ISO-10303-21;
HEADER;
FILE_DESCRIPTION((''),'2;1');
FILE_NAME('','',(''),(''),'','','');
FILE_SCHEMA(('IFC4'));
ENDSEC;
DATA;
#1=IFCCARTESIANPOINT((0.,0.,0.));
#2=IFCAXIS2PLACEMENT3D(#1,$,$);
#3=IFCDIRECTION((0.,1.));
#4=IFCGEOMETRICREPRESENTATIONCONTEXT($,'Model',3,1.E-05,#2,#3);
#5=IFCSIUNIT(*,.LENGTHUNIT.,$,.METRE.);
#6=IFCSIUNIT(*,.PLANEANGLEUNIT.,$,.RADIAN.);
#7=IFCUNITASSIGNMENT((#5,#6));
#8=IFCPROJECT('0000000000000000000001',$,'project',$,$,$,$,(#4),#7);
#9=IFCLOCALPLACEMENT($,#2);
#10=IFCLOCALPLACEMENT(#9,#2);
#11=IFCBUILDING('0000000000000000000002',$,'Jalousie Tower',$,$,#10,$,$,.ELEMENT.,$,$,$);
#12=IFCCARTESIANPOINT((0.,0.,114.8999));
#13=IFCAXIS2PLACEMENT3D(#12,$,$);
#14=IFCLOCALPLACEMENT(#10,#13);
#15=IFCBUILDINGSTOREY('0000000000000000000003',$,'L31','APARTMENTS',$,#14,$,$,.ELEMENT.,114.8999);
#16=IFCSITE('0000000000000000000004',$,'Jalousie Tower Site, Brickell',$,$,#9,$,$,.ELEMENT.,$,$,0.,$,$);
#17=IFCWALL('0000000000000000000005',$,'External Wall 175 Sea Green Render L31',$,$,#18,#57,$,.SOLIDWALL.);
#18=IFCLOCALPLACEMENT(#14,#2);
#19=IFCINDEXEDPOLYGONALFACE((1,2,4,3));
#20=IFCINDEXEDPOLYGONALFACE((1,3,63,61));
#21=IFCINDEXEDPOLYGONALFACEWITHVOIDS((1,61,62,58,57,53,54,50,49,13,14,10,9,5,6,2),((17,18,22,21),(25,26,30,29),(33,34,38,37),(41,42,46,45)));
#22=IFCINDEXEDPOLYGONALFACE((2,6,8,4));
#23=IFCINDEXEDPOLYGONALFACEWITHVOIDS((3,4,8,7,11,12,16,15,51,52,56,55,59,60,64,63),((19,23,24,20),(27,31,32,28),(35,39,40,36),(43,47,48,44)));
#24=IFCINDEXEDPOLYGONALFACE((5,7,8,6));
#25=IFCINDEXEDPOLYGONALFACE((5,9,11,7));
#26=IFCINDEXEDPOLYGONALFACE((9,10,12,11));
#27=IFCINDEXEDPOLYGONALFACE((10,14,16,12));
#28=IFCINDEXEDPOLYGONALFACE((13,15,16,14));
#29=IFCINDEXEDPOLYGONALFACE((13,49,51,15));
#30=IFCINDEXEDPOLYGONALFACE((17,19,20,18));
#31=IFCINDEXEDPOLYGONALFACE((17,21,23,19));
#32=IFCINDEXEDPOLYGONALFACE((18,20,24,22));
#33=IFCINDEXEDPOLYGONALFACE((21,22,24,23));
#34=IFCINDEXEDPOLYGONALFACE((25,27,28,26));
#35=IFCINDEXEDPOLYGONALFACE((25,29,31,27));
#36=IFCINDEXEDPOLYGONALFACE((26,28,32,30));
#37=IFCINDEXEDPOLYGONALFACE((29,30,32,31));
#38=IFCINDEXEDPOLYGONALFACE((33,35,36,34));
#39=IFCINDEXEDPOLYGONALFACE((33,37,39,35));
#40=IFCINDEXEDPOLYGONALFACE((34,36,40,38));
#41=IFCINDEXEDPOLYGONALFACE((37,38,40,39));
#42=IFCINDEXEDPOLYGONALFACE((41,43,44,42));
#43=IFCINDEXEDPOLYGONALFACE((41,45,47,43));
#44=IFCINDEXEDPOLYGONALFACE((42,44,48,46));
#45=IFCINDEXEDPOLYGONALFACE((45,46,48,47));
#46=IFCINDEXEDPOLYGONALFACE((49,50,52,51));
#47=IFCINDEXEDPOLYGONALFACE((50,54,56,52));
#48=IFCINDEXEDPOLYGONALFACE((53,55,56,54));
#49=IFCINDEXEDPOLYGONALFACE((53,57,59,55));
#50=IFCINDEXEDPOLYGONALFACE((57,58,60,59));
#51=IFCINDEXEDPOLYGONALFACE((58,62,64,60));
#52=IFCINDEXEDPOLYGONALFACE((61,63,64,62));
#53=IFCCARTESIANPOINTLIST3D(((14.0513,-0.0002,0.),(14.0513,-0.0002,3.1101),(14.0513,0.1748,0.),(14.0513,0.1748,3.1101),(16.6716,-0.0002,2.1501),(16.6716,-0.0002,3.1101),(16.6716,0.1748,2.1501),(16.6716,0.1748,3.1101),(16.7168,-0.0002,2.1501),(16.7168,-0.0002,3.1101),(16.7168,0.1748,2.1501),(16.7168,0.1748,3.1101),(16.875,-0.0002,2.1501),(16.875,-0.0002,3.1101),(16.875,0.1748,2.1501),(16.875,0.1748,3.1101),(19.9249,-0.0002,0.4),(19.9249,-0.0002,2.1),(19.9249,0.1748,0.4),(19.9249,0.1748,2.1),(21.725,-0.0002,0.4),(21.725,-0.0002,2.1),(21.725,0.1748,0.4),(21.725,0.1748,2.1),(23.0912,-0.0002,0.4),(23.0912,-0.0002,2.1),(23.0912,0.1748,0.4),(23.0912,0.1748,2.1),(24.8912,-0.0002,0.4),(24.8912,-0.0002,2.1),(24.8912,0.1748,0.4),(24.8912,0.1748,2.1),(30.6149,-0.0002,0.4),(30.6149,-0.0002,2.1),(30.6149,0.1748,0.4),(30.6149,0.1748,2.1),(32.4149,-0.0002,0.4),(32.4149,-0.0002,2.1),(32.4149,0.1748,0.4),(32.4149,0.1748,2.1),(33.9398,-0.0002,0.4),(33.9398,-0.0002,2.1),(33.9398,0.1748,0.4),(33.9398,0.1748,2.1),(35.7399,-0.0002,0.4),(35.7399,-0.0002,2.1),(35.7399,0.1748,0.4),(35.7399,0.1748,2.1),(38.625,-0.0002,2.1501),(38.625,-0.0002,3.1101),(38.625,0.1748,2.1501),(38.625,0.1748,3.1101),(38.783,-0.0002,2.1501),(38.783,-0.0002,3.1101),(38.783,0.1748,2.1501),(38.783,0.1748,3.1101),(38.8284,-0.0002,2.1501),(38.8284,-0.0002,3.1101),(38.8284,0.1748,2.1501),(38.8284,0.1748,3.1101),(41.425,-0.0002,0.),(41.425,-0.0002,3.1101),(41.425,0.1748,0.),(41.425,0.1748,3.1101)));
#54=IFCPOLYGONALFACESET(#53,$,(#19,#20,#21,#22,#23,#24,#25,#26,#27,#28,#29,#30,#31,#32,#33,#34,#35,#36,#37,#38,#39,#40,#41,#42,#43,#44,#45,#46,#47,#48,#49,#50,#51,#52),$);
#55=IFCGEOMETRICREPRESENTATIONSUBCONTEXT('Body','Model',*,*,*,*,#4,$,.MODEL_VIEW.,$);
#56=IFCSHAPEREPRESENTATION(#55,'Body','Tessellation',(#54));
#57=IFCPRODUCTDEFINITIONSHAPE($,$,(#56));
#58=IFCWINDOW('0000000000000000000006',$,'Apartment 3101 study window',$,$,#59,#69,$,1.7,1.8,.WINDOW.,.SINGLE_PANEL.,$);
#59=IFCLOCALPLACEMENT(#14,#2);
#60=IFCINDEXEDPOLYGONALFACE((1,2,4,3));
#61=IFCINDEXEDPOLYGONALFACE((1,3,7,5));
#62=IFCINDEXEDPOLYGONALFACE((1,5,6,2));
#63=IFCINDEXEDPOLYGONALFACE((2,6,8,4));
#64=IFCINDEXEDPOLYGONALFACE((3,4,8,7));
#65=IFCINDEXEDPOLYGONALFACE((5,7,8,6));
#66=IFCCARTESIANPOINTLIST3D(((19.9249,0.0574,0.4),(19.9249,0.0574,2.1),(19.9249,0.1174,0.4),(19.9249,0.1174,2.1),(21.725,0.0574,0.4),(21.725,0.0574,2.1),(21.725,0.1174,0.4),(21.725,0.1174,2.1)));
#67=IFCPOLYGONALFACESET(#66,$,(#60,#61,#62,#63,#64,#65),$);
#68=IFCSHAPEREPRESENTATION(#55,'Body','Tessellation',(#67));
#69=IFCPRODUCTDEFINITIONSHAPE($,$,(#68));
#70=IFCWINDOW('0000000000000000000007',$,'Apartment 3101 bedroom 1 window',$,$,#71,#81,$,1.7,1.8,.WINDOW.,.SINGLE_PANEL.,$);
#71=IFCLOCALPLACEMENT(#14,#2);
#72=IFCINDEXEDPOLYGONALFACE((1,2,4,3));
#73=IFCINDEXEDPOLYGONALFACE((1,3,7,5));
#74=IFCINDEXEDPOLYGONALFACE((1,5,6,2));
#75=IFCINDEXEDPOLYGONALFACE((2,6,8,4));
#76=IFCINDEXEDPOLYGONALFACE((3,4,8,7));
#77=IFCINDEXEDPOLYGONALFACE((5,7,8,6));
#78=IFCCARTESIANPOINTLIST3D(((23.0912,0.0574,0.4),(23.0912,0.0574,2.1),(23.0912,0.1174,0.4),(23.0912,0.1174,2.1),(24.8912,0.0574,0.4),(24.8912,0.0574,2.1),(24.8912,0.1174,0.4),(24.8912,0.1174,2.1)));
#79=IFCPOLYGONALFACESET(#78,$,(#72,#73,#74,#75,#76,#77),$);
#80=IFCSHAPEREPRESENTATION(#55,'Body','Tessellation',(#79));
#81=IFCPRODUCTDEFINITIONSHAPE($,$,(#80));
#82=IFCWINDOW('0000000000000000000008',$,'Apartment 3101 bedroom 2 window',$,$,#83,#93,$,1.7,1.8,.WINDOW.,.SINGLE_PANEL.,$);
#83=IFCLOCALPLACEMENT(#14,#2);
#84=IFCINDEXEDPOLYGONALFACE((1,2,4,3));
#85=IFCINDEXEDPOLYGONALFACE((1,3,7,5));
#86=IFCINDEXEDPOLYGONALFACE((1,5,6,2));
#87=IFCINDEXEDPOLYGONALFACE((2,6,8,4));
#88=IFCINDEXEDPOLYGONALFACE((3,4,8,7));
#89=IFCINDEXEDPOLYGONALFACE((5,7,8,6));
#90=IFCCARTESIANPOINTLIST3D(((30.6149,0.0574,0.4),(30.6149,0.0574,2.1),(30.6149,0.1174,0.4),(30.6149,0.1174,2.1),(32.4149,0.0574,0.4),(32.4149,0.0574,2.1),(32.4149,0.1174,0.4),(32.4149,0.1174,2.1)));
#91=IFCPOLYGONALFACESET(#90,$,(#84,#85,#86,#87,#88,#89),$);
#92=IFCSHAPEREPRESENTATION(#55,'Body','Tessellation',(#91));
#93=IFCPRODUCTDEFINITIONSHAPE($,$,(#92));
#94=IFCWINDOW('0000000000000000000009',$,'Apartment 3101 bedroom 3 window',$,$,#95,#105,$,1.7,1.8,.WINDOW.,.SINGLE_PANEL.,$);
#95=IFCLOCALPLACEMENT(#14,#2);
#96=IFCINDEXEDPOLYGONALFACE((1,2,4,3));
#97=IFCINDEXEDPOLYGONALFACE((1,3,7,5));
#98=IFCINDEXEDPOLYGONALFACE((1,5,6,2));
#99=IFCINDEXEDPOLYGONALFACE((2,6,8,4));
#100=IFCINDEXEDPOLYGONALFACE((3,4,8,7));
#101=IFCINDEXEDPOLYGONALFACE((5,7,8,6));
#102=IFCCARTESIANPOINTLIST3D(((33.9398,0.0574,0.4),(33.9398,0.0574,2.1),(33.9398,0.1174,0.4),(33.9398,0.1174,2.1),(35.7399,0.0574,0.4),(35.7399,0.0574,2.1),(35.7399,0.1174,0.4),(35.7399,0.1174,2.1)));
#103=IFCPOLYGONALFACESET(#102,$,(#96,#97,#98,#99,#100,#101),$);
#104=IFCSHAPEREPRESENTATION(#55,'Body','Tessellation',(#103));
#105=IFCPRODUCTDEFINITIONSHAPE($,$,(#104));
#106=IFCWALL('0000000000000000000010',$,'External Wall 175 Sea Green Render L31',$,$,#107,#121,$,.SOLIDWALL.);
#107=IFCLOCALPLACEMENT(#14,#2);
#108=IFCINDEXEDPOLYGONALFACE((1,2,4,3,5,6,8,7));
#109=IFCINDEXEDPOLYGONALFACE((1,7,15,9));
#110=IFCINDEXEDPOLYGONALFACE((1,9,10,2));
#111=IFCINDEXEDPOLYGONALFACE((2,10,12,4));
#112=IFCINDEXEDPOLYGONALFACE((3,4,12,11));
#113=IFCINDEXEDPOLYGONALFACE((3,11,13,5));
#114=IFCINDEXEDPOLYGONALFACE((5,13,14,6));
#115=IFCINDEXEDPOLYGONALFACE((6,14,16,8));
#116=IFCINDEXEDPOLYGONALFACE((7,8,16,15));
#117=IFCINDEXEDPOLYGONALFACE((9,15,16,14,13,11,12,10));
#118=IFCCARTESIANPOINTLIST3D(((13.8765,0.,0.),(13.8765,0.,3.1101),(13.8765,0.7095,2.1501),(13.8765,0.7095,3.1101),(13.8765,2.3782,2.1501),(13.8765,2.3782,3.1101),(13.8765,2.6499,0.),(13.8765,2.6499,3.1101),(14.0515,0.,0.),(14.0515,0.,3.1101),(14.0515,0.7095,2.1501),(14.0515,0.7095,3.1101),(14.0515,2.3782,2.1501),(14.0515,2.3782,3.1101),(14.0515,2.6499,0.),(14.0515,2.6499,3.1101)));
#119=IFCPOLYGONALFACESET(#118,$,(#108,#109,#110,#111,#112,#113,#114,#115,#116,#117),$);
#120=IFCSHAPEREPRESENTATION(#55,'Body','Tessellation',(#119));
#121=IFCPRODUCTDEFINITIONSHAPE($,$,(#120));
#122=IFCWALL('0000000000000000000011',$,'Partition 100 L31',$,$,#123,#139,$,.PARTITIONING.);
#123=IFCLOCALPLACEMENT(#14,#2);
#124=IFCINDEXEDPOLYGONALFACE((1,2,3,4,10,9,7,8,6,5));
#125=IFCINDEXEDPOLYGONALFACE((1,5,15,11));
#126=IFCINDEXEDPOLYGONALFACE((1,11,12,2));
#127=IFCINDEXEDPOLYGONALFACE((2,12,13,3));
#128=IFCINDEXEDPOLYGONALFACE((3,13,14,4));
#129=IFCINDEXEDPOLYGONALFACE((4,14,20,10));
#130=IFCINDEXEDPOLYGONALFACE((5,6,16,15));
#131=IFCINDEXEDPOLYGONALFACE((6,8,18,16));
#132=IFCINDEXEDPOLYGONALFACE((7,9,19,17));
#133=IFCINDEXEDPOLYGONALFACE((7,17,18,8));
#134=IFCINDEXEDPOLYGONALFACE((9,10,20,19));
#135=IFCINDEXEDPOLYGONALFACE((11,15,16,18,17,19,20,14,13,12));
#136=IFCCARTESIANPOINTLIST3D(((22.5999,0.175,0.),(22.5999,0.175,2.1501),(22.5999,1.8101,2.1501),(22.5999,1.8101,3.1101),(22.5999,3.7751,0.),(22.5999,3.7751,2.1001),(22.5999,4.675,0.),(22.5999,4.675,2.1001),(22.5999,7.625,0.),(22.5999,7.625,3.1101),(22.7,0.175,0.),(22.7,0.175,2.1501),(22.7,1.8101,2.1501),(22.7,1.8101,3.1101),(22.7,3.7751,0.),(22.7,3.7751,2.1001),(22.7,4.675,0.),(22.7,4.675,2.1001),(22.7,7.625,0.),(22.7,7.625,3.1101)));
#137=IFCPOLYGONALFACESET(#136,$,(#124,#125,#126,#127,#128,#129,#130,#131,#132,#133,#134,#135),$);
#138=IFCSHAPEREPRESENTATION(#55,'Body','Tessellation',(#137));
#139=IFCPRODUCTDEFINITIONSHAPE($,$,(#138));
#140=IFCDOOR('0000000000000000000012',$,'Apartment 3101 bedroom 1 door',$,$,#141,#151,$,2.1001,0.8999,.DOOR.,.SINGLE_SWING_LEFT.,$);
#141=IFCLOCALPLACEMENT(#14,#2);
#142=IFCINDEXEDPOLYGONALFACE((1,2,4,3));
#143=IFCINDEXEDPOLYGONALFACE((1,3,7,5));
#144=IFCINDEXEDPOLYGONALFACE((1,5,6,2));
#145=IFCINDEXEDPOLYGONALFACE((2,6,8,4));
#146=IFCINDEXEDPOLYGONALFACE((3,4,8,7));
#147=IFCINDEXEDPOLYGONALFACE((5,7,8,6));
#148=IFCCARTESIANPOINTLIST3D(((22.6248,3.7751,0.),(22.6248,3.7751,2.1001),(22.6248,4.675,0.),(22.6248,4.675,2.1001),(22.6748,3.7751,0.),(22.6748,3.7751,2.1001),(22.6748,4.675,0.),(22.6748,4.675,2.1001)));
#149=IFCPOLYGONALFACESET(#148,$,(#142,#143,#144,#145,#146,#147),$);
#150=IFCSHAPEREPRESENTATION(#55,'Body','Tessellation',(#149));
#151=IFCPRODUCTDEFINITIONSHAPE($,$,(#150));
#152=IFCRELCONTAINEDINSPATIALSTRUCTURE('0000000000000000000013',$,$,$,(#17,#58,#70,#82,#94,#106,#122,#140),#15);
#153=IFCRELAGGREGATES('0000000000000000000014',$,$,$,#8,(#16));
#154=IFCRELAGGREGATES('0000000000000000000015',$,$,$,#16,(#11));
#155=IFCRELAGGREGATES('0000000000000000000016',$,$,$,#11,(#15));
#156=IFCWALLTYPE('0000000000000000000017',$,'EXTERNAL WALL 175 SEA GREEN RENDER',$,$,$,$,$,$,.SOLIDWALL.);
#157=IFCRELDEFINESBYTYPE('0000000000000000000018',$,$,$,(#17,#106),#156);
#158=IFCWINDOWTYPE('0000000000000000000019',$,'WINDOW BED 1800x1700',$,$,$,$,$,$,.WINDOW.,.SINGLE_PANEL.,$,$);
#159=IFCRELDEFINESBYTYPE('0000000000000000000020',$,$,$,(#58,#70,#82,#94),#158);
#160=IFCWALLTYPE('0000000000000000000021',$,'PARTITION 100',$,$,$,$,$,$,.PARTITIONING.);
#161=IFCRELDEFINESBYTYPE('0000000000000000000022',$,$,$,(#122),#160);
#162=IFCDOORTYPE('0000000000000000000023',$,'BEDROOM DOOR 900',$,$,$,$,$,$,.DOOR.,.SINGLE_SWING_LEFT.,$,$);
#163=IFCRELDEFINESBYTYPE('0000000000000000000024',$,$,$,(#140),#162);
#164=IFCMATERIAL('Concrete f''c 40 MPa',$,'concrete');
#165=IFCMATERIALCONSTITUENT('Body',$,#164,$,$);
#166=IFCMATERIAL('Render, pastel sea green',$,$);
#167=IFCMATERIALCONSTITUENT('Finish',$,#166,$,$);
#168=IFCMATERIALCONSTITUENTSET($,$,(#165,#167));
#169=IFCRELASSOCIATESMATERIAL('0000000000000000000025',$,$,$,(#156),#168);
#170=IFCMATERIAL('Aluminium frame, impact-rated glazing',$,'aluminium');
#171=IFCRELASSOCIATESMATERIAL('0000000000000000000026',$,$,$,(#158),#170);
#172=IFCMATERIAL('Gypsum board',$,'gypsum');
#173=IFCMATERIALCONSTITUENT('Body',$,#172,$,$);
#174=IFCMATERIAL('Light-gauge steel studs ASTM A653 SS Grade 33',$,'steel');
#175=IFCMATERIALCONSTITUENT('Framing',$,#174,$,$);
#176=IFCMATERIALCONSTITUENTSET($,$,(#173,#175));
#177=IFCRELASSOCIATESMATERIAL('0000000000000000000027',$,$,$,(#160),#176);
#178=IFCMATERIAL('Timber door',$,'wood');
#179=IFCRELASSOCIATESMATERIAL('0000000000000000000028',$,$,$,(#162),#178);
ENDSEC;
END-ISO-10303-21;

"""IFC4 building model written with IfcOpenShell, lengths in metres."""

from ifc_helpers import new_model, si_unit, direction, frame, frame_2d, origin, place, context, subcontext, project, spatial, polyline, rectangle, outline, extrude, material, constituent, constituent_set, type_object, element, fill, save


model = new_model("IFC4")

# Units and contexts
model_context = context("Model", 3, precision=1e-05, world=origin(), true_north=direction((0.0, 1.0)))
body_context = subcontext(model_context, "Body", "Model", "MODEL_VIEW")
ifc_project = project(units=[si_unit("LENGTHUNIT", "METRE"), si_unit("PLANEANGLEUNIT", "RADIAN")], contexts=[model_context])

# Site, building, storey
site_placement = place(None, origin())
site = spatial("IfcSite", under=ifc_project, at=site_placement, Name="Jalousie Tower Site, Brickell", CompositionType="ELEMENT", RefElevation=0.0)
building_placement = place(site_placement, origin())
building = spatial("IfcBuilding", under=site, at=building_placement, Name="Jalousie Tower", CompositionType="ELEMENT")
storey_placement = place(building_placement, frame((0.0, 0.0, 114.8999)))
storey = spatial("IfcBuildingStorey", under=building, at=storey_placement, Name="L31", Description="APARTMENTS", CompositionType="ELEMENT", Elevation=114.8999)

# Wall, openings, windows
ifc_material_1 = material(Name="Concrete f'c 40 MPa", Category="concrete")
ifc_constituent_1 = constituent(ifc_material_1, Name="Body")
ifc_material_2 = material(Name="Render, pastel sea green")
ifc_constituent_2 = constituent(ifc_material_2, Name="Finish")
ifc_constituent_set_1 = constituent_set(constituents=[ifc_constituent_1, ifc_constituent_2])
wall_type_1 = type_object("IfcWallType", Name="EXTERNAL WALL 175 SEA GREEN RENDER", PredefinedType="SOLIDWALL", material=ifc_constituent_set_1)
wall_1_placement = place(storey_placement, frame((14.0513, 0.0874, 0.0), z_axis=(0.0, 0.0, 1.0), x_axis=(1.0, 0.0, 0.0)))
wall_1 = element("IfcWall", 1, at=wall_1_placement, inside=storey, type_object=wall_type_1, Name="External Wall 175 Sea Green Render L31", PredefinedType="SOLIDWALL", context=body_context, shape_type="SweptSolid", body=[
    extrude(outline(polyline([(0.0, 0.0), (27.3738, 0.0), (27.3738, 3.1101), (24.7771, 3.1101), (24.7771, 2.1501), (24.7317, 2.1501), (24.7317, 3.1101), (24.5737, 3.1101), (24.5737, 2.1501), (2.8237, 2.1501), (2.8237, 3.1101), (2.6655, 3.1101), (2.6655, 2.1501), (2.6204, 2.1501), (2.6204, 3.1101), (0.0, 3.1101), (0.0, 0.0)])), frame((0.0, 0.0874, 0.0), z_axis=(0.0, -1.0, 0.0), x_axis=(1.0, 0.0, 0.0)), (0.0, 0.0, 1.0), 0.175),
])
opening_1_placement = place(wall_1_placement, frame((5.8738, 0.0, 0.3999)))
opening_1 = element("IfcOpeningElement", 2, at=opening_1_placement, cuts=wall_1, PredefinedType="OPENING", context=body_context, shape_type="SweptSolid", body=[
    extrude(rectangle(XDim=1.8, YDim=1.7, at=frame_2d((0.8999, 0.8501))), frame((0.0, 0.0974, 0.0), z_axis=(0.0, -1.0, 0.0), x_axis=(1.0, 0.0, 0.0)), (0.0, 0.0, 1.0), 0.1951),
])
opening_2_placement = place(wall_1_placement, frame((9.04, 0.0, 0.3999)))
opening_2 = element("IfcOpeningElement", 3, at=opening_2_placement, cuts=wall_1, PredefinedType="OPENING", context=body_context, shape_type="SweptSolid", body=[
    extrude(rectangle(XDim=1.8, YDim=1.7, at=frame_2d((0.8999, 0.8501))), frame((0.0, 0.0974, 0.0), z_axis=(0.0, -1.0, 0.0), x_axis=(1.0, 0.0, 0.0)), (0.0, 0.0, 1.0), 0.1951),
])
opening_3_placement = place(wall_1_placement, frame((16.5637, 0.0, 0.3999)))
opening_3 = element("IfcOpeningElement", 4, at=opening_3_placement, cuts=wall_1, PredefinedType="OPENING", context=body_context, shape_type="SweptSolid", body=[
    extrude(rectangle(XDim=1.8, YDim=1.7, at=frame_2d((0.8999, 0.8501))), frame((0.0, 0.0974, 0.0), z_axis=(0.0, -1.0, 0.0), x_axis=(1.0, 0.0, 0.0)), (0.0, 0.0, 1.0), 0.1951),
])
opening_4_placement = place(wall_1_placement, frame((19.8887, 0.0, 0.3999)))
opening_4 = element("IfcOpeningElement", 5, at=opening_4_placement, cuts=wall_1, PredefinedType="OPENING", context=body_context, shape_type="SweptSolid", body=[
    extrude(rectangle(XDim=1.8, YDim=1.7, at=frame_2d((0.8999, 0.8501))), frame((0.0, 0.0974, 0.0), z_axis=(0.0, -1.0, 0.0), x_axis=(1.0, 0.0, 0.0)), (0.0, 0.0, 1.0), 0.1951),
])
ifc_material_3 = material(Name="Aluminium frame, impact-rated glazing", Category="aluminium")
window_type = type_object("IfcWindowType", Name="WINDOW BED 1800x1700", PartitioningType="SINGLE_PANEL", PredefinedType="WINDOW", material=ifc_material_3)
window_1_placement = place(opening_1_placement, origin())
window_1 = element("IfcWindow", 6, at=window_1_placement, inside=storey, type_object=window_type, Name="Apartment 3101 study window", OverallHeight=1.7, OverallWidth=1.8, PartitioningType="SINGLE_PANEL", PredefinedType="WINDOW", context=body_context, shape_type="SweptSolid", body=[
    extrude(rectangle(XDim=1.8, YDim=1.7, at=frame_2d((0.8999, 0.8501))), frame((0.0, 0.03, 0.0), z_axis=(0.0, -1.0, 0.0), x_axis=(1.0, 0.0, 0.0)), (0.0, 0.0, 1.0), 0.0601),
])
fill(opening_1, window_1)
window_2_placement = place(opening_2_placement, origin())
window_2 = element("IfcWindow", 7, at=window_2_placement, inside=storey, type_object=window_type, Name="Apartment 3101 bedroom 1 window", OverallHeight=1.7, OverallWidth=1.8, PartitioningType="SINGLE_PANEL", PredefinedType="WINDOW", context=body_context, shape_type="SweptSolid", body=[
    extrude(rectangle(XDim=1.8, YDim=1.7, at=frame_2d((0.8999, 0.8501))), frame((0.0, 0.03, 0.0), z_axis=(0.0, -1.0, 0.0), x_axis=(1.0, 0.0, 0.0)), (0.0, 0.0, 1.0), 0.0601),
])
fill(opening_2, window_2)
window_3_placement = place(opening_3_placement, origin())
window_3 = element("IfcWindow", 8, at=window_3_placement, inside=storey, type_object=window_type, Name="Apartment 3101 bedroom 2 window", OverallHeight=1.7, OverallWidth=1.8, PartitioningType="SINGLE_PANEL", PredefinedType="WINDOW", context=body_context, shape_type="SweptSolid", body=[
    extrude(rectangle(XDim=1.8, YDim=1.7, at=frame_2d((0.8999, 0.8501))), frame((0.0, 0.03, 0.0), z_axis=(0.0, -1.0, 0.0), x_axis=(1.0, 0.0, 0.0)), (0.0, 0.0, 1.0), 0.0601),
])
fill(opening_3, window_3)
window_4_placement = place(opening_4_placement, origin())
window_4 = element("IfcWindow", 9, at=window_4_placement, inside=storey, type_object=window_type, Name="Apartment 3101 bedroom 3 window", OverallHeight=1.7, OverallWidth=1.8, PartitioningType="SINGLE_PANEL", PredefinedType="WINDOW", context=body_context, shape_type="SweptSolid", body=[
    extrude(rectangle(XDim=1.8, YDim=1.7, at=frame_2d((0.8999, 0.8501))), frame((0.0, 0.03, 0.0), z_axis=(0.0, -1.0, 0.0), x_axis=(1.0, 0.0, 0.0)), (0.0, 0.0, 1.0), 0.0601),
])
fill(opening_4, window_4)

# Wall
wall_2_placement = place(storey_placement, frame((13.9639, 0.0, 0.0), z_axis=(0.0, 0.0, 1.0), x_axis=(0.0, 1.0, 0.0)))
element("IfcWall", 10, at=wall_2_placement, inside=storey, type_object=wall_type_1, Name="External Wall 175 Sea Green Render L31", PredefinedType="SOLIDWALL", context=body_context, shape_type="SweptSolid", body=[
    extrude(outline(polyline([(0.0, 0.0), (2.6499, 0.0), (2.6499, 3.1101), (2.3782, 3.1101), (2.3782, 2.1501), (0.7095, 2.1501), (0.7095, 3.1101), (0.0, 3.1101), (0.0, 0.0)])), frame((0.0, 0.0874, 0.0), z_axis=(0.0, -1.0, 0.0), x_axis=(1.0, 0.0, 0.0)), (0.0, 0.0, 1.0), 0.175),
])

# Wall, opening, door
ifc_material_4 = material(Name="Gypsum board", Category="gypsum")
ifc_constituent_3 = constituent(ifc_material_4, Name="Body")
ifc_material_5 = material(Name="Light-gauge steel studs ASTM A653 SS Grade 33", Category="steel")
ifc_constituent_4 = constituent(ifc_material_5, Name="Framing")
ifc_constituent_set_2 = constituent_set(constituents=[ifc_constituent_3, ifc_constituent_4])
wall_type_2 = type_object("IfcWallType", Name="PARTITION 100", PredefinedType="PARTITIONING", material=ifc_constituent_set_2)
wall_3_placement = place(storey_placement, frame((22.6499, 0.175, 0.0), z_axis=(0.0, 0.0, 1.0), x_axis=(0.0, 1.0, 0.0)))
wall_3 = element("IfcWall", 11, at=wall_3_placement, inside=storey, type_object=wall_type_2, Name="Partition 100 L31", PredefinedType="PARTITIONING", context=body_context, shape_type="SweptSolid", body=[
    extrude(outline(polyline([(0.0, 0.0), (7.45, 0.0), (7.45, 3.1101), (1.635, 3.1101), (1.635, 2.1501), (0.0, 2.1501), (0.0, 3.1101), (0.0, 0.0)])), frame((0.0, 0.05, 0.0), z_axis=(0.0, -1.0, 0.0), x_axis=(1.0, 0.0, 0.0)), (0.0, 0.0, 1.0), 0.1001),
])
opening_5_placement = place(wall_3_placement, frame((3.6001, 0.0, 0.0)))
opening_5 = element("IfcOpeningElement", 12, at=opening_5_placement, cuts=wall_3, PredefinedType="OPENING", context=body_context, shape_type="SweptSolid", body=[
    extrude(rectangle(XDim=0.8999, YDim=2.1001, at=frame_2d((0.45, 1.05))), frame((0.0, 0.0601, 0.0), z_axis=(0.0, -1.0, 0.0), x_axis=(1.0, 0.0, 0.0)), (0.0, 0.0, 1.0), 0.1201),
])
ifc_material_6 = material(Name="Timber door", Category="wood")
door_type = type_object("IfcDoorType", Name="BEDROOM DOOR 900", OperationType="SINGLE_SWING_LEFT", PredefinedType="DOOR", material=ifc_material_6)
door_1_placement = place(opening_5_placement, frame((0.8999, 0.0, 0.0), z_axis=(0.0, 0.0, 1.0), x_axis=(-1.0, 0.0, 0.0)))
door_1 = element("IfcDoor", 13, at=door_1_placement, inside=storey, type_object=door_type, Name="Apartment 3101 bedroom 1 door", OperationType="SINGLE_SWING_LEFT", OverallHeight=2.1001, OverallWidth=0.8999, PredefinedType="DOOR", context=body_context, shape_type="SweptSolid", body=[
    extrude(rectangle(XDim=0.8999, YDim=2.1001, at=frame_2d((0.45, 1.05))), frame((0.0, 0.0249, 0.0), z_axis=(0.0, -1.0, 0.0), x_axis=(1.0, 0.0, 0.0)), (0.0, 0.0, 1.0), 0.05),
])
fill(opening_5, door_1)

save(model, "model.ifc")
